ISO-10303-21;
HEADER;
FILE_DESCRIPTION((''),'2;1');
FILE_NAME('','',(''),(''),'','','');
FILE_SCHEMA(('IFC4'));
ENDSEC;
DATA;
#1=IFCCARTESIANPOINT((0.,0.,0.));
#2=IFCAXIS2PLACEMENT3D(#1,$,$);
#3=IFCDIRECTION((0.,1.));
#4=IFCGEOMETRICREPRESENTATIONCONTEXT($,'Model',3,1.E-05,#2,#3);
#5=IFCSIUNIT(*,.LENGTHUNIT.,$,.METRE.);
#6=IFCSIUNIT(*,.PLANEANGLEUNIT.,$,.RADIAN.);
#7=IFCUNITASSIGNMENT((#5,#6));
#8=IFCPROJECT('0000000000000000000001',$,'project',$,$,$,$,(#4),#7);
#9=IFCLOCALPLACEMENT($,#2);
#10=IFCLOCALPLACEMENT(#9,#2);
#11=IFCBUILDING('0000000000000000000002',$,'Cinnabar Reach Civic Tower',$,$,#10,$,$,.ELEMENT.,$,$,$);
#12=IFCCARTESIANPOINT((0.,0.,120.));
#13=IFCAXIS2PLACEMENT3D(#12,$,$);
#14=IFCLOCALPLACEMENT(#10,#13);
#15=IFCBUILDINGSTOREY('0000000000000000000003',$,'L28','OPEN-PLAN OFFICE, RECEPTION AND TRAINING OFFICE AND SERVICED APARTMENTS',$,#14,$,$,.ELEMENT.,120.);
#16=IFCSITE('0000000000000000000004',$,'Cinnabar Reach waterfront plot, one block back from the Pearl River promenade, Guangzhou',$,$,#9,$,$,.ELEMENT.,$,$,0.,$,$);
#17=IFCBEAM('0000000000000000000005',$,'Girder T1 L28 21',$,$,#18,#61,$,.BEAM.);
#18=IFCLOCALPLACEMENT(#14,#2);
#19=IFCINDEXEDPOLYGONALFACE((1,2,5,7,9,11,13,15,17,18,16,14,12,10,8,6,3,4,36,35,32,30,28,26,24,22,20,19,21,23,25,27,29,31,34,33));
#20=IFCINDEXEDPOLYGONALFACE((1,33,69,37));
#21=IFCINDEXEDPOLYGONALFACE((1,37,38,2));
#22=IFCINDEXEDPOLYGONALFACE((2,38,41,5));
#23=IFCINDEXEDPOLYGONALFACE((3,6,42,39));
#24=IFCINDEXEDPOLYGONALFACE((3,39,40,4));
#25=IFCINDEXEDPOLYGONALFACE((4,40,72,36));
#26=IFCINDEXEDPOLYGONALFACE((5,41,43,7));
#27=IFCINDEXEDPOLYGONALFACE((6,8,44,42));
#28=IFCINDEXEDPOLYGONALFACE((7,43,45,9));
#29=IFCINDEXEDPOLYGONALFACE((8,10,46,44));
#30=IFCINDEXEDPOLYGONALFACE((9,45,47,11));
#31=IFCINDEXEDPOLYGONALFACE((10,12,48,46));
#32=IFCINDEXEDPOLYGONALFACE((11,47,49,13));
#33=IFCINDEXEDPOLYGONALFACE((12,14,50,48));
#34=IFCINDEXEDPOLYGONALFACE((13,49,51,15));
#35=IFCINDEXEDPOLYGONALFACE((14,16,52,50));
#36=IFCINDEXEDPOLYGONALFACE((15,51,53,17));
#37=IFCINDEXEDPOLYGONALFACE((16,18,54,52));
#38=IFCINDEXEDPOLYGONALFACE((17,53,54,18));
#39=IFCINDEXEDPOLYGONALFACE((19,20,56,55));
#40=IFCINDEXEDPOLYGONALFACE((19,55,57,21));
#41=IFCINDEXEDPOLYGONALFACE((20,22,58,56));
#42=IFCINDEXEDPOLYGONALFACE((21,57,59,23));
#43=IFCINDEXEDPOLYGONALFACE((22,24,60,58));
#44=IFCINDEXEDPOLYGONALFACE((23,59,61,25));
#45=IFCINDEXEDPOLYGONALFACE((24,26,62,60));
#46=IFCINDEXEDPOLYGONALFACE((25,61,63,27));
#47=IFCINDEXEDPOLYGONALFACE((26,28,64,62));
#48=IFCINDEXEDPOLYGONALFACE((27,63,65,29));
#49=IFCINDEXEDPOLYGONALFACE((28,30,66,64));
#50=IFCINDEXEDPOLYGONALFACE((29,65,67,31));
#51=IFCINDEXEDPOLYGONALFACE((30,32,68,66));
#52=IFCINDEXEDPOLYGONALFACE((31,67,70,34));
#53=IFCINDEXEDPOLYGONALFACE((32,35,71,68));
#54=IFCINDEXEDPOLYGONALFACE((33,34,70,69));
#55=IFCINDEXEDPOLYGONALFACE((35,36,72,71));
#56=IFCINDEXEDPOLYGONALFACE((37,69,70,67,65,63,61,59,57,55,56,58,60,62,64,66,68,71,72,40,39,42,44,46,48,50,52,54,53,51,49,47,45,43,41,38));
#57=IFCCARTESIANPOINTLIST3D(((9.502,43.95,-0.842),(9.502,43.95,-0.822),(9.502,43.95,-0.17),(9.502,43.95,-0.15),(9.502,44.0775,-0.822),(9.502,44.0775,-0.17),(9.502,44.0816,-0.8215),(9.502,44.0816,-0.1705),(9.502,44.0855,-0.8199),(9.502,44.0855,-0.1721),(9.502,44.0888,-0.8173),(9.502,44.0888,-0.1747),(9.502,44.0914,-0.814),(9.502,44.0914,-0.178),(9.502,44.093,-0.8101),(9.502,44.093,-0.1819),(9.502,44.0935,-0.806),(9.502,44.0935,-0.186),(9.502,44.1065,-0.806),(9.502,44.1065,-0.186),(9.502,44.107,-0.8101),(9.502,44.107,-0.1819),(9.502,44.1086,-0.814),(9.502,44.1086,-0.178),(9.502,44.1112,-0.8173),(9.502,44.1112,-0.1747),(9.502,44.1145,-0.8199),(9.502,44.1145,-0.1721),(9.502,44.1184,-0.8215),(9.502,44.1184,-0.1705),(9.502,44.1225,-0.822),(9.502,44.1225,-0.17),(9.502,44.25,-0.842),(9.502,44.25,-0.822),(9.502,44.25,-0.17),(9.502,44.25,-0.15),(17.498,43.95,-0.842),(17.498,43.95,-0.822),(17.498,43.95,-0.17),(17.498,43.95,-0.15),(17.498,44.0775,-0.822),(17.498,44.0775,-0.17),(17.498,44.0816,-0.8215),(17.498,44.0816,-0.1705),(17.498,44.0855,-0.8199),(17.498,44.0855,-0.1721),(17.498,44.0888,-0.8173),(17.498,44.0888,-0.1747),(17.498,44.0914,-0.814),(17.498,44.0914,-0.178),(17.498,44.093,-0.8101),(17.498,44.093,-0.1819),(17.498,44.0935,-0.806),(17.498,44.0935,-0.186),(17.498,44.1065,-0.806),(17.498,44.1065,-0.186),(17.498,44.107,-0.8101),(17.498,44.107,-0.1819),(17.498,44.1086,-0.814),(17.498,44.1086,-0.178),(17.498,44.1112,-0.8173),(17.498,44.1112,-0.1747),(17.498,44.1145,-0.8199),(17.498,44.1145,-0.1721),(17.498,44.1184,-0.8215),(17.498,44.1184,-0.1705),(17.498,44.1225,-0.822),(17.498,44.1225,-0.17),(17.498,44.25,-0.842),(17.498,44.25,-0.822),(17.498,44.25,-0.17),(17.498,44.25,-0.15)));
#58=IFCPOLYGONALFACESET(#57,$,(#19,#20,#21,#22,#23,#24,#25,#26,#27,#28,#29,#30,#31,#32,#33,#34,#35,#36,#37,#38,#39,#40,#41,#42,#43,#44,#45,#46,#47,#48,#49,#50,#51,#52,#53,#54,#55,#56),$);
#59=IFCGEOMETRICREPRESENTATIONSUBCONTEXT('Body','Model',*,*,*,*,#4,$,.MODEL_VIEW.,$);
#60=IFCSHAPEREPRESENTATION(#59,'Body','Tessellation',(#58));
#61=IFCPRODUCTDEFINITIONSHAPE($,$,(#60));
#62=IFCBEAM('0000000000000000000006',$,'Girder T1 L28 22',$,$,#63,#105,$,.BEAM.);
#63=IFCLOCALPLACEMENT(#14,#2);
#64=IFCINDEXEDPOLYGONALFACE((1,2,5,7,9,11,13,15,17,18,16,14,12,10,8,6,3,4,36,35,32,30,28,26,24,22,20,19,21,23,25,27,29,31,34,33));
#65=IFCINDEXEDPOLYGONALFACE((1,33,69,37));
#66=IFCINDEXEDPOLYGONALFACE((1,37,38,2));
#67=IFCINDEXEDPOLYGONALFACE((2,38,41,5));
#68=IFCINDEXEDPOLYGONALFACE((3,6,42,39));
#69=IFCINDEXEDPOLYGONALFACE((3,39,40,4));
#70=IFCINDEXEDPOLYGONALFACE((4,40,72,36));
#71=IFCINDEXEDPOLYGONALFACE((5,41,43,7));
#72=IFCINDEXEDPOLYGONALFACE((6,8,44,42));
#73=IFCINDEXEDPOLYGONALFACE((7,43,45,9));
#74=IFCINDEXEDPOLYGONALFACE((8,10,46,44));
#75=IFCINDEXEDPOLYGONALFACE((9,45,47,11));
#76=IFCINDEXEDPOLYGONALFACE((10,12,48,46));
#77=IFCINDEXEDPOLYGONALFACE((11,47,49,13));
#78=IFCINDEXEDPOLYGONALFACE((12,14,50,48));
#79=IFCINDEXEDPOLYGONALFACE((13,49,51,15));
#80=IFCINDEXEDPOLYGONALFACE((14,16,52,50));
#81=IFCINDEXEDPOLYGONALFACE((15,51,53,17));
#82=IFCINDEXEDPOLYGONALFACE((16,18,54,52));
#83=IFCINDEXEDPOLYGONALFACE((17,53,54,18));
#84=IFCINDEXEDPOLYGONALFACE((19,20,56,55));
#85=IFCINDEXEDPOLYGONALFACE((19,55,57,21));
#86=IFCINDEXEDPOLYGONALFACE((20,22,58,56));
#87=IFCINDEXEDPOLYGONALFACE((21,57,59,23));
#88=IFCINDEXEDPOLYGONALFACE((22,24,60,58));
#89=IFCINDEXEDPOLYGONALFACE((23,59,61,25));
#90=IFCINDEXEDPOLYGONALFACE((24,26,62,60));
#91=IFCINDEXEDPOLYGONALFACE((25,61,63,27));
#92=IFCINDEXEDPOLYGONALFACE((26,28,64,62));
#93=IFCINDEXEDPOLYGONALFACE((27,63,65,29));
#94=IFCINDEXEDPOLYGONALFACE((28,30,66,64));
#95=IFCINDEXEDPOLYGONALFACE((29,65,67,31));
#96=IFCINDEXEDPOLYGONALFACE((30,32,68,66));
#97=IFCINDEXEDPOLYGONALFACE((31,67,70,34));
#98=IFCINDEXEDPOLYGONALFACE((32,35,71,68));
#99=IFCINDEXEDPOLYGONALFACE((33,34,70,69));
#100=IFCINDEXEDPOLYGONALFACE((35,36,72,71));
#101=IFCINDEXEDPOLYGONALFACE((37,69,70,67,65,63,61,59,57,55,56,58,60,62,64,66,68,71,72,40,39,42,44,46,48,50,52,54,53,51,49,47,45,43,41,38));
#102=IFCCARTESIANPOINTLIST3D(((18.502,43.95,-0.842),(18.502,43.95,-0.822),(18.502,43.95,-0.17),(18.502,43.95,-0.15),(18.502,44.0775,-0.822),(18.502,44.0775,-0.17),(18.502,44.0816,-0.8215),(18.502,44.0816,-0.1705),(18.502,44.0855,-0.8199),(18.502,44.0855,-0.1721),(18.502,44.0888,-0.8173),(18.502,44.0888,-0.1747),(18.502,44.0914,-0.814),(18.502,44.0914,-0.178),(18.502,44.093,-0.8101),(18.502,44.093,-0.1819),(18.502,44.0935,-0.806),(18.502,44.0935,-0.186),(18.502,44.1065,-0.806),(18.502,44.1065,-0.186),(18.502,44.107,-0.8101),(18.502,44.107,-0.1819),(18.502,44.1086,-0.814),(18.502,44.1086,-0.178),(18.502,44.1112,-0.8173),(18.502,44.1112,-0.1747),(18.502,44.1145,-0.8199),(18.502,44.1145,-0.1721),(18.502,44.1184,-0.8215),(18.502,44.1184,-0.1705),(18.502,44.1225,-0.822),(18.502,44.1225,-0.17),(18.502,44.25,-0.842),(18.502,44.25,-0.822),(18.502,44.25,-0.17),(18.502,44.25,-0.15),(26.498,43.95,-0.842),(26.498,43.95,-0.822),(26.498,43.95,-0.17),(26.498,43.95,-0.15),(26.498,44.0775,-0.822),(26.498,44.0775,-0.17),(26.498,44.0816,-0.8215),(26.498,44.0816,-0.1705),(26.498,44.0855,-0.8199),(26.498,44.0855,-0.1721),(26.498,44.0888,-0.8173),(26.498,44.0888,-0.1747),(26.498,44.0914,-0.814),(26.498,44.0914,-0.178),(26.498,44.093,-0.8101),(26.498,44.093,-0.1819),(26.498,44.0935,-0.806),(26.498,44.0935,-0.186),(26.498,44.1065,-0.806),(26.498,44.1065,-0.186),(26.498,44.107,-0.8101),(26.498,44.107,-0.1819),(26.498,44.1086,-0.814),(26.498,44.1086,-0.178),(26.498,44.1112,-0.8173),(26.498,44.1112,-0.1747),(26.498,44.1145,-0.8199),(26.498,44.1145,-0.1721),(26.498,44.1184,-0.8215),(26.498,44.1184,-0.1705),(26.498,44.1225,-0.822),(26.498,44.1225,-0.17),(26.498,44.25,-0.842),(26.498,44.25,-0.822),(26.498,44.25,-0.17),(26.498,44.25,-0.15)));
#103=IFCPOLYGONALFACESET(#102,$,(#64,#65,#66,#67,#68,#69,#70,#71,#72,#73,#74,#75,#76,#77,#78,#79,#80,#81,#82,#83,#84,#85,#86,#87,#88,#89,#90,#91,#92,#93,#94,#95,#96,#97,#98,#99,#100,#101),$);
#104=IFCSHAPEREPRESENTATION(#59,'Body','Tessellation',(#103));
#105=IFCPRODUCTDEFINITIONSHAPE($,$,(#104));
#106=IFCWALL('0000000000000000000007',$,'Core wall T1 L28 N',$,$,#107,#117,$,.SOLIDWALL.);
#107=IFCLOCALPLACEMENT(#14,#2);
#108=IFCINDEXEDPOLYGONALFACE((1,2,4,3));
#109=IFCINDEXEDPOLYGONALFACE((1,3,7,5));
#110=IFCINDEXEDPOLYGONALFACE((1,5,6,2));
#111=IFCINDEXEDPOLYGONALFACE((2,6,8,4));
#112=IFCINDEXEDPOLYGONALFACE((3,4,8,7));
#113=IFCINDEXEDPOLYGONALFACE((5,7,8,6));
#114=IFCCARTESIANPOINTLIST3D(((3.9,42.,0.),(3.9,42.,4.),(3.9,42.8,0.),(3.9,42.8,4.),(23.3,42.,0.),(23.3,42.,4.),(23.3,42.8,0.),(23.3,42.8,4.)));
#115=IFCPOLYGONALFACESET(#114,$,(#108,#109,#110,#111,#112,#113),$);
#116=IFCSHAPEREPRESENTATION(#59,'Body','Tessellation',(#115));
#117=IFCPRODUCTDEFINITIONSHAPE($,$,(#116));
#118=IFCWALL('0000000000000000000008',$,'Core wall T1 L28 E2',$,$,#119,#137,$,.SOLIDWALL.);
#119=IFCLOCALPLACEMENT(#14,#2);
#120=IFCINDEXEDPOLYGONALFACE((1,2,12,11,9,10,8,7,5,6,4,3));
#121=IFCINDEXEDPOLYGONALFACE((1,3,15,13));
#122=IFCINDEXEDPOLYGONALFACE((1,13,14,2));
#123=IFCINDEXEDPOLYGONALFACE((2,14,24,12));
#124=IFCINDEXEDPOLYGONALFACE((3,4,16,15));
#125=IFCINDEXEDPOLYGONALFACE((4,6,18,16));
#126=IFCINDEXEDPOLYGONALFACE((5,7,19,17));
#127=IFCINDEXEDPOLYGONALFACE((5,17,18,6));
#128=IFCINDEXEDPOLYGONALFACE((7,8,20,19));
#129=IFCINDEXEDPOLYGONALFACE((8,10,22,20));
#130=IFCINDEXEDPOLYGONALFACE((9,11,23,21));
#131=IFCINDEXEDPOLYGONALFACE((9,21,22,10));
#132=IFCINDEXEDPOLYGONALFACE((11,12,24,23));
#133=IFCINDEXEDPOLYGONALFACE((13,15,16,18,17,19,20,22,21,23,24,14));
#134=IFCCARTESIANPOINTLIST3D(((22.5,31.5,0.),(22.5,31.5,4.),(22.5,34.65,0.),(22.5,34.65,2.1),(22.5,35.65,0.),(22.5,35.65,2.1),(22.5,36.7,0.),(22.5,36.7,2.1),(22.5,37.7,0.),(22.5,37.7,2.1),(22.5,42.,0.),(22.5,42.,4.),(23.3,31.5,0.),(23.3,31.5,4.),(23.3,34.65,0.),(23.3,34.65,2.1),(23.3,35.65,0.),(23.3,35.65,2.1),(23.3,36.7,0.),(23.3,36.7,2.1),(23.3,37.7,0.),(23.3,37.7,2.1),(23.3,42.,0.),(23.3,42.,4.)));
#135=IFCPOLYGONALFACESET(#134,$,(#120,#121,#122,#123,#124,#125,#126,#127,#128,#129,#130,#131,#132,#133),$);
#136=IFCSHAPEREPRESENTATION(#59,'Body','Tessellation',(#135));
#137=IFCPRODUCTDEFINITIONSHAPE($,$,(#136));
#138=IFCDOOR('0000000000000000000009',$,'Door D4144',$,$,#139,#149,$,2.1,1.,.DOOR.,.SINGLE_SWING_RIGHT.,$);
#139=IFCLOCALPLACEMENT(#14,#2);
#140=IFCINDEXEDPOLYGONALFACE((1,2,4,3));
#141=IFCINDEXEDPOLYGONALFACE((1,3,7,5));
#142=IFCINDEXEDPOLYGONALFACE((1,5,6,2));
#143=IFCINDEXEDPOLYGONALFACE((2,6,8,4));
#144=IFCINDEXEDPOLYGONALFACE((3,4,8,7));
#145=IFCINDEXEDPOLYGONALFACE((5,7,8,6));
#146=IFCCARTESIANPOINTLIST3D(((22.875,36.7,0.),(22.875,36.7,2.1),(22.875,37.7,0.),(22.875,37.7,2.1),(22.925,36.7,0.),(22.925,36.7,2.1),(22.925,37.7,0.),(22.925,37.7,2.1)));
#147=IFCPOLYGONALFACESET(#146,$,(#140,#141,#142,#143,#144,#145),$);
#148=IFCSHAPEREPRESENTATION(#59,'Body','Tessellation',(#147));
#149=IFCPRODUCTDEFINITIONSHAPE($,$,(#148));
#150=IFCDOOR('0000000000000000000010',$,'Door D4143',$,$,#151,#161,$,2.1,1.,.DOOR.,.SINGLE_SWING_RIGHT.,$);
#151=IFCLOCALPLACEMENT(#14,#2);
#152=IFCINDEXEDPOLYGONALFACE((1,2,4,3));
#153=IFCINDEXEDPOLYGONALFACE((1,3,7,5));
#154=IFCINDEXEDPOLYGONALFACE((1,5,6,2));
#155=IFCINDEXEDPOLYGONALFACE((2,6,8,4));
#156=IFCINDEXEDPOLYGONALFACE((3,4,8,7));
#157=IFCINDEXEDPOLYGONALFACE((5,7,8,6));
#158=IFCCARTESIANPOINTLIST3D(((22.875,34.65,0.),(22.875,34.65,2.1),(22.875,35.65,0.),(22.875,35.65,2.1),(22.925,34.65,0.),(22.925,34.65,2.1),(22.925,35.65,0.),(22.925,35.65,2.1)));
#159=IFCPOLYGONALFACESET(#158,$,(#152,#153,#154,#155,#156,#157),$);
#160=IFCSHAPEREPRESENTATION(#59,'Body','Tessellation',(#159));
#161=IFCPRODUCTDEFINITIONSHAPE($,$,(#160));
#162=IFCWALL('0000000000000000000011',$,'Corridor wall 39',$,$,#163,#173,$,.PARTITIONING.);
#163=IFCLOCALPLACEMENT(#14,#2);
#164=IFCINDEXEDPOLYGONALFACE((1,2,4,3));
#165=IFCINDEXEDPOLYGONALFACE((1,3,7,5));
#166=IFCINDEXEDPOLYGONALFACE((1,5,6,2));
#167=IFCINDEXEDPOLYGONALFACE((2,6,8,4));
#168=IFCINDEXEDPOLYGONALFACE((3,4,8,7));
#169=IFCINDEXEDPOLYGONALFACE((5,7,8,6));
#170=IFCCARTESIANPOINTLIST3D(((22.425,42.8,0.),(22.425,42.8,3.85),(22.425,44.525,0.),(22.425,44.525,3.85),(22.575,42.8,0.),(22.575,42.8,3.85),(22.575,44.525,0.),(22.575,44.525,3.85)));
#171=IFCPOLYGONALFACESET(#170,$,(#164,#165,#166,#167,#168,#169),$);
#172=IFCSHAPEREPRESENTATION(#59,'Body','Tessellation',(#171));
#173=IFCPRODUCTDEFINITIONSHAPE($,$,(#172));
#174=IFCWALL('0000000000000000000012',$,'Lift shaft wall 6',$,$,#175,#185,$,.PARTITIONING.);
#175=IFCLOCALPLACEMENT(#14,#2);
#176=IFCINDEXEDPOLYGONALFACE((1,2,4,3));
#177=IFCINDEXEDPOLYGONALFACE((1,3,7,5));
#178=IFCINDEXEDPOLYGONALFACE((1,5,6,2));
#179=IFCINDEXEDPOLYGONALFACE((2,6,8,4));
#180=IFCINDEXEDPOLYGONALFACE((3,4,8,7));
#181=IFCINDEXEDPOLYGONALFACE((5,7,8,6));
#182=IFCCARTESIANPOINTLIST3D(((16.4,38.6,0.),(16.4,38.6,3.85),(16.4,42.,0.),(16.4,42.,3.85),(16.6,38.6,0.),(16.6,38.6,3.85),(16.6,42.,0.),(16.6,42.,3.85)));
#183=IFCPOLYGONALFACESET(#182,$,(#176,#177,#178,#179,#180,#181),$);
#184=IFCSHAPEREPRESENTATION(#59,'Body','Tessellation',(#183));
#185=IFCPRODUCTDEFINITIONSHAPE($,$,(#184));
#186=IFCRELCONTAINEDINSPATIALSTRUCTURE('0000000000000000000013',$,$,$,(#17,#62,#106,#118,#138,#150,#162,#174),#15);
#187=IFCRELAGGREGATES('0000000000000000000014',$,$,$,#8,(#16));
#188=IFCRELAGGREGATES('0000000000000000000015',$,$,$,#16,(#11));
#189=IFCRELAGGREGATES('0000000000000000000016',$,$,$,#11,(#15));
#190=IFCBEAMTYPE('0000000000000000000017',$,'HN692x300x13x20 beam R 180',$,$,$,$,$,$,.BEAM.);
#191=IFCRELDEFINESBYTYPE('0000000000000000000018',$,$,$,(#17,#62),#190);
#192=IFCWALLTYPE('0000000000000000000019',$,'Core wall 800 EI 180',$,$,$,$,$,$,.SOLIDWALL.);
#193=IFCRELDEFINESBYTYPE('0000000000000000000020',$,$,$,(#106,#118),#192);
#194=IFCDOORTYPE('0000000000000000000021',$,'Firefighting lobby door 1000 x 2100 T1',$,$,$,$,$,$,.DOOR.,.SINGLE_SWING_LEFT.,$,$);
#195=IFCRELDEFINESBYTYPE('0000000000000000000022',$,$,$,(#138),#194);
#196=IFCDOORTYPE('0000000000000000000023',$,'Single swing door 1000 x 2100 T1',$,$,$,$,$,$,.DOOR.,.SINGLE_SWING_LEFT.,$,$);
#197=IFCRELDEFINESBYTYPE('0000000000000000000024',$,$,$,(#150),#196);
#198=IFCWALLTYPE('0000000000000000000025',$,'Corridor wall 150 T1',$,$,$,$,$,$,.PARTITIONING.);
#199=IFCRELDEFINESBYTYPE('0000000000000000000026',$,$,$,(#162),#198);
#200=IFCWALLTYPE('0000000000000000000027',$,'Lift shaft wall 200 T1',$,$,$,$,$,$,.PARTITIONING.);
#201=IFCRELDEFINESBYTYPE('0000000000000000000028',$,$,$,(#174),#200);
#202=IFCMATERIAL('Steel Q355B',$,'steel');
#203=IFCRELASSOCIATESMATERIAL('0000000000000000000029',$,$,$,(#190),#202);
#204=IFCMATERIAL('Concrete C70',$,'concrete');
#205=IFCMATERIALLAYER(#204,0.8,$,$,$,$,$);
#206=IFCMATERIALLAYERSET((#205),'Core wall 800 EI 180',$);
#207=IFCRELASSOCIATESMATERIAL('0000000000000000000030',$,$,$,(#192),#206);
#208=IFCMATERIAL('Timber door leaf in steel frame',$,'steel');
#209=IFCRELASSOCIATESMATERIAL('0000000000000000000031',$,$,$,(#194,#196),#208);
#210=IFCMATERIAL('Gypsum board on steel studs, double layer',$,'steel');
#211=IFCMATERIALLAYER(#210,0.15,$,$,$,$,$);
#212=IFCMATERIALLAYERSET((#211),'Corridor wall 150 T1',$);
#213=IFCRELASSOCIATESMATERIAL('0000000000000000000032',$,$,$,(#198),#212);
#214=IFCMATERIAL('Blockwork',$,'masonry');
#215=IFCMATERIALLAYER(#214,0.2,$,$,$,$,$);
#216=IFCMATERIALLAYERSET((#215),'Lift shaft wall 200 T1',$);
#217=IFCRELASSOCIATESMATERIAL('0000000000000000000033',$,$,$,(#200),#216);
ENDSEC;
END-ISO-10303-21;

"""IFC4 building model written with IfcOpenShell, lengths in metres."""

from ifc_helpers import new_model, si_unit, direction, frame, frame_2d, origin, origin_2d, place, context, subcontext, project, spatial, rectangle, i_section, extrude, material, layer, layer_set, material_profile, profile_set, type_object, element, fill, save


model = new_model("IFC4")

# Units and contexts
model_context = context("Model", 3, precision=1e-05, world=origin(), true_north=direction((0.0, 1.0)))
body_context = subcontext(model_context, "Body", "Model", "MODEL_VIEW")
ifc_project = project(units=[si_unit("LENGTHUNIT", "METRE"), si_unit("PLANEANGLEUNIT", "RADIAN")], contexts=[model_context])

# Site, building, storey
site_placement = place(None, origin())
site = spatial("IfcSite", under=ifc_project, at=site_placement, Name="Cinnabar Reach waterfront plot, one block back from the Pearl River promenade, Guangzhou", CompositionType="ELEMENT", RefElevation=0.0)
building_placement = place(site_placement, origin())
building = spatial("IfcBuilding", under=site, at=building_placement, Name="Cinnabar Reach Civic Tower", CompositionType="ELEMENT")
storey_placement = place(building_placement, frame((0.0, 0.0, 120.0)))
storey = spatial("IfcBuildingStorey", under=building, at=storey_placement, Name="L28", Description="OPEN-PLAN OFFICE, RECEPTION AND TRAINING OFFICE AND SERVICED APARTMENTS", CompositionType="ELEMENT", Elevation=120.0)

# Shared definitions
ifc_material_1 = material(Name="Concrete C70", Category="concrete")

# Beams
ifc_material_2 = material(Name="Steel Q355B", Category="steel")
ifc_material_profile_1 = material_profile(ifc_material_2, i_section(OverallWidth=0.3, OverallDepth=0.692, WebThickness=0.013, FlangeThickness=0.02, FilletRadius=0.016, at=origin_2d()), Name="HN692x300x13x20")
ifc_profile_set_1 = profile_set([ifc_material_profile_1], Name="Steel Q355B")
beam_type_1 = type_object("IfcBeamType", Name="HN692x300x13x20 beam R 180", PredefinedType="BEAM", material=ifc_profile_set_1)
for number, where, z_axis, x_axis, name in (
    (1, (9.502, 44.1, -0.496), (1.0, 0.0, 0.0), (0.0, 1.0, 0.0), "Girder T1 L28 21"),
    (2, (18.502, 44.1, -0.496), (1.0, 0.0, 0.0), (0.0, 1.0, 0.0), "Girder T1 L28 22"),
):
    element("IfcBeam", number, at=place(storey_placement, frame(where, z_axis=z_axis, x_axis=x_axis)), inside=storey, type_object=beam_type_1, Name=name, PredefinedType="BEAM", context=body_context, shape_type="SweptSolid", body=[
        extrude(i_section(OverallWidth=0.3, OverallDepth=0.692, WebThickness=0.013, FlangeThickness=0.02, FilletRadius=0.016, at=origin_2d()), origin(), (0.0, 0.0, 1.0), 7.996),
    ])

# Wall
ifc_layer_1 = layer(ifc_material_1, 0.8)
ifc_layer_set_1 = layer_set([ifc_layer_1], Name="Core wall 800 EI 180")
wall_type_1 = type_object("IfcWallType", Name="Core wall 800 EI 180", PredefinedType="SOLIDWALL", material=ifc_layer_set_1)
wall_1_placement = place(storey_placement, frame((23.3, 42.4, 0.0), z_axis=(0.0, 0.0, 1.0), x_axis=(-1.0, 0.0, 0.0)))
element("IfcWall", 3, at=wall_1_placement, inside=storey, type_object=wall_type_1, Name="Core wall T1 L28 N", PredefinedType="SOLIDWALL", context=body_context, shape_type="SweptSolid", body=[
    extrude(rectangle(XDim=19.4, YDim=0.8, at=frame_2d((9.7, 0.0))), origin(), (0.0, 0.0, 1.0), 4.0),
])

# Wall, openings, doors
wall_2_placement = place(storey_placement, frame((22.9, 31.5, 0.0), z_axis=(0.0, 0.0, 1.0), x_axis=(0.0, 1.0, 0.0)))
wall_2 = element("IfcWall", 4, at=wall_2_placement, inside=storey, type_object=wall_type_1, Name="Core wall T1 L28 E2", PredefinedType="SOLIDWALL", context=body_context, shape_type="SweptSolid", body=[
    extrude(rectangle(XDim=10.5, YDim=0.8, at=frame_2d((5.25, 0.0))), origin(), (0.0, 0.0, 1.0), 4.0),
])
opening_1_placement = place(wall_2_placement, frame((3.15, 0.0, 0.0)))
opening_1 = element("IfcOpeningElement", 5, at=opening_1_placement, cuts=wall_2, PredefinedType="OPENING", context=body_context, shape_type="SweptSolid", body=[
    extrude(rectangle(XDim=1.0, YDim=2.1, at=frame_2d((0.5, 1.05))), frame((0.0, 0.41, 0.0), z_axis=(0.0, -1.0, 0.0), x_axis=(1.0, 0.0, 0.0)), (0.0, 0.0, 1.0), 0.82),
])
opening_2_placement = place(wall_2_placement, frame((5.2, 0.0, 0.0)))
opening_2 = element("IfcOpeningElement", 6, at=opening_2_placement, cuts=wall_2, PredefinedType="OPENING", context=body_context, shape_type="SweptSolid", body=[
    extrude(rectangle(XDim=1.0, YDim=2.1, at=frame_2d((0.5, 1.05))), frame((0.0, 0.41, 0.0), z_axis=(0.0, -1.0, 0.0), x_axis=(1.0, 0.0, 0.0)), (0.0, 0.0, 1.0), 0.82),
])
ifc_material_3 = material(Name="Timber door leaf in steel frame", Category="steel")
door_type_1 = type_object("IfcDoorType", Name="Firefighting lobby door 1000 x 2100 T1", OperationType="SINGLE_SWING_LEFT", PredefinedType="DOOR", material=ifc_material_3)
door_1_placement = place(opening_2_placement, origin())
door_1 = element("IfcDoor", 7, at=door_1_placement, inside=storey, type_object=door_type_1, Name="Door D4144", OperationType="SINGLE_SWING_RIGHT", OverallHeight=2.1, OverallWidth=1.0, PredefinedType="DOOR", context=body_context, shape_type="SweptSolid", body=[
    extrude(rectangle(XDim=1.0, YDim=2.1, at=frame_2d((0.5, 1.05))), frame((0.0, 0.025, 0.0), z_axis=(0.0, -1.0, 0.0), x_axis=(1.0, 0.0, 0.0)), (0.0, 0.0, 1.0), 0.05),
])
fill(opening_2, door_1)
door_type_2 = type_object("IfcDoorType", Name="Single swing door 1000 x 2100 T1", OperationType="SINGLE_SWING_LEFT", PredefinedType="DOOR", material=ifc_material_3)
door_2_placement = place(opening_1_placement, origin())
door_2 = element("IfcDoor", 8, at=door_2_placement, inside=storey, type_object=door_type_2, Name="Door D4143", OperationType="SINGLE_SWING_RIGHT", OverallHeight=2.1, OverallWidth=1.0, PredefinedType="DOOR", context=body_context, shape_type="SweptSolid", body=[
    extrude(rectangle(XDim=1.0, YDim=2.1, at=frame_2d((0.5, 1.05))), frame((0.0, 0.025, 0.0), z_axis=(0.0, -1.0, 0.0), x_axis=(1.0, 0.0, 0.0)), (0.0, 0.0, 1.0), 0.05),
])
fill(opening_1, door_2)

# Walls
ifc_material_4 = material(Name="Gypsum board on steel studs, double layer", Category="steel")
ifc_layer_2 = layer(ifc_material_4, 0.15)
ifc_layer_set_2 = layer_set([ifc_layer_2], Name="Corridor wall 150 T1")
wall_type_2 = type_object("IfcWallType", Name="Corridor wall 150 T1", PredefinedType="PARTITIONING", material=ifc_layer_set_2)
wall_3_placement = place(storey_placement, frame((22.5, 42.8, 0.0), z_axis=(0.0, 0.0, 1.0), x_axis=(0.0, 1.0, 0.0)))
element("IfcWall", 9, at=wall_3_placement, inside=storey, type_object=wall_type_2, Name="Corridor wall 39", PredefinedType="PARTITIONING", context=body_context, shape_type="SweptSolid", body=[
    extrude(rectangle(XDim=1.725, YDim=0.15, at=frame_2d((0.8625, 0.0))), origin(), (0.0, 0.0, 1.0), 3.85),
])
ifc_material_5 = material(Name="Blockwork", Category="masonry")
ifc_layer_3 = layer(ifc_material_5, 0.2)
ifc_layer_set_3 = layer_set([ifc_layer_3], Name="Lift shaft wall 200 T1")
wall_type_3 = type_object("IfcWallType", Name="Lift shaft wall 200 T1", PredefinedType="PARTITIONING", material=ifc_layer_set_3)
for number, where, z_axis, x_axis, name in (
    (10, (16.5, 38.6, 0.0), (0.0, 0.0, 1.0), (0.0, 1.0, 0.0), "Lift shaft wall 6"),
):
    element("IfcWall", number, at=place(storey_placement, frame(where, z_axis=z_axis, x_axis=x_axis)), inside=storey, type_object=wall_type_3, Name=name, PredefinedType="PARTITIONING", context=body_context, shape_type="SweptSolid", body=[
        extrude(rectangle(XDim=3.4, YDim=0.2, at=frame_2d((1.7, 0.0))), origin(), (0.0, 0.0, 1.0), 3.85),
    ])

save(model, "model.ifc")
